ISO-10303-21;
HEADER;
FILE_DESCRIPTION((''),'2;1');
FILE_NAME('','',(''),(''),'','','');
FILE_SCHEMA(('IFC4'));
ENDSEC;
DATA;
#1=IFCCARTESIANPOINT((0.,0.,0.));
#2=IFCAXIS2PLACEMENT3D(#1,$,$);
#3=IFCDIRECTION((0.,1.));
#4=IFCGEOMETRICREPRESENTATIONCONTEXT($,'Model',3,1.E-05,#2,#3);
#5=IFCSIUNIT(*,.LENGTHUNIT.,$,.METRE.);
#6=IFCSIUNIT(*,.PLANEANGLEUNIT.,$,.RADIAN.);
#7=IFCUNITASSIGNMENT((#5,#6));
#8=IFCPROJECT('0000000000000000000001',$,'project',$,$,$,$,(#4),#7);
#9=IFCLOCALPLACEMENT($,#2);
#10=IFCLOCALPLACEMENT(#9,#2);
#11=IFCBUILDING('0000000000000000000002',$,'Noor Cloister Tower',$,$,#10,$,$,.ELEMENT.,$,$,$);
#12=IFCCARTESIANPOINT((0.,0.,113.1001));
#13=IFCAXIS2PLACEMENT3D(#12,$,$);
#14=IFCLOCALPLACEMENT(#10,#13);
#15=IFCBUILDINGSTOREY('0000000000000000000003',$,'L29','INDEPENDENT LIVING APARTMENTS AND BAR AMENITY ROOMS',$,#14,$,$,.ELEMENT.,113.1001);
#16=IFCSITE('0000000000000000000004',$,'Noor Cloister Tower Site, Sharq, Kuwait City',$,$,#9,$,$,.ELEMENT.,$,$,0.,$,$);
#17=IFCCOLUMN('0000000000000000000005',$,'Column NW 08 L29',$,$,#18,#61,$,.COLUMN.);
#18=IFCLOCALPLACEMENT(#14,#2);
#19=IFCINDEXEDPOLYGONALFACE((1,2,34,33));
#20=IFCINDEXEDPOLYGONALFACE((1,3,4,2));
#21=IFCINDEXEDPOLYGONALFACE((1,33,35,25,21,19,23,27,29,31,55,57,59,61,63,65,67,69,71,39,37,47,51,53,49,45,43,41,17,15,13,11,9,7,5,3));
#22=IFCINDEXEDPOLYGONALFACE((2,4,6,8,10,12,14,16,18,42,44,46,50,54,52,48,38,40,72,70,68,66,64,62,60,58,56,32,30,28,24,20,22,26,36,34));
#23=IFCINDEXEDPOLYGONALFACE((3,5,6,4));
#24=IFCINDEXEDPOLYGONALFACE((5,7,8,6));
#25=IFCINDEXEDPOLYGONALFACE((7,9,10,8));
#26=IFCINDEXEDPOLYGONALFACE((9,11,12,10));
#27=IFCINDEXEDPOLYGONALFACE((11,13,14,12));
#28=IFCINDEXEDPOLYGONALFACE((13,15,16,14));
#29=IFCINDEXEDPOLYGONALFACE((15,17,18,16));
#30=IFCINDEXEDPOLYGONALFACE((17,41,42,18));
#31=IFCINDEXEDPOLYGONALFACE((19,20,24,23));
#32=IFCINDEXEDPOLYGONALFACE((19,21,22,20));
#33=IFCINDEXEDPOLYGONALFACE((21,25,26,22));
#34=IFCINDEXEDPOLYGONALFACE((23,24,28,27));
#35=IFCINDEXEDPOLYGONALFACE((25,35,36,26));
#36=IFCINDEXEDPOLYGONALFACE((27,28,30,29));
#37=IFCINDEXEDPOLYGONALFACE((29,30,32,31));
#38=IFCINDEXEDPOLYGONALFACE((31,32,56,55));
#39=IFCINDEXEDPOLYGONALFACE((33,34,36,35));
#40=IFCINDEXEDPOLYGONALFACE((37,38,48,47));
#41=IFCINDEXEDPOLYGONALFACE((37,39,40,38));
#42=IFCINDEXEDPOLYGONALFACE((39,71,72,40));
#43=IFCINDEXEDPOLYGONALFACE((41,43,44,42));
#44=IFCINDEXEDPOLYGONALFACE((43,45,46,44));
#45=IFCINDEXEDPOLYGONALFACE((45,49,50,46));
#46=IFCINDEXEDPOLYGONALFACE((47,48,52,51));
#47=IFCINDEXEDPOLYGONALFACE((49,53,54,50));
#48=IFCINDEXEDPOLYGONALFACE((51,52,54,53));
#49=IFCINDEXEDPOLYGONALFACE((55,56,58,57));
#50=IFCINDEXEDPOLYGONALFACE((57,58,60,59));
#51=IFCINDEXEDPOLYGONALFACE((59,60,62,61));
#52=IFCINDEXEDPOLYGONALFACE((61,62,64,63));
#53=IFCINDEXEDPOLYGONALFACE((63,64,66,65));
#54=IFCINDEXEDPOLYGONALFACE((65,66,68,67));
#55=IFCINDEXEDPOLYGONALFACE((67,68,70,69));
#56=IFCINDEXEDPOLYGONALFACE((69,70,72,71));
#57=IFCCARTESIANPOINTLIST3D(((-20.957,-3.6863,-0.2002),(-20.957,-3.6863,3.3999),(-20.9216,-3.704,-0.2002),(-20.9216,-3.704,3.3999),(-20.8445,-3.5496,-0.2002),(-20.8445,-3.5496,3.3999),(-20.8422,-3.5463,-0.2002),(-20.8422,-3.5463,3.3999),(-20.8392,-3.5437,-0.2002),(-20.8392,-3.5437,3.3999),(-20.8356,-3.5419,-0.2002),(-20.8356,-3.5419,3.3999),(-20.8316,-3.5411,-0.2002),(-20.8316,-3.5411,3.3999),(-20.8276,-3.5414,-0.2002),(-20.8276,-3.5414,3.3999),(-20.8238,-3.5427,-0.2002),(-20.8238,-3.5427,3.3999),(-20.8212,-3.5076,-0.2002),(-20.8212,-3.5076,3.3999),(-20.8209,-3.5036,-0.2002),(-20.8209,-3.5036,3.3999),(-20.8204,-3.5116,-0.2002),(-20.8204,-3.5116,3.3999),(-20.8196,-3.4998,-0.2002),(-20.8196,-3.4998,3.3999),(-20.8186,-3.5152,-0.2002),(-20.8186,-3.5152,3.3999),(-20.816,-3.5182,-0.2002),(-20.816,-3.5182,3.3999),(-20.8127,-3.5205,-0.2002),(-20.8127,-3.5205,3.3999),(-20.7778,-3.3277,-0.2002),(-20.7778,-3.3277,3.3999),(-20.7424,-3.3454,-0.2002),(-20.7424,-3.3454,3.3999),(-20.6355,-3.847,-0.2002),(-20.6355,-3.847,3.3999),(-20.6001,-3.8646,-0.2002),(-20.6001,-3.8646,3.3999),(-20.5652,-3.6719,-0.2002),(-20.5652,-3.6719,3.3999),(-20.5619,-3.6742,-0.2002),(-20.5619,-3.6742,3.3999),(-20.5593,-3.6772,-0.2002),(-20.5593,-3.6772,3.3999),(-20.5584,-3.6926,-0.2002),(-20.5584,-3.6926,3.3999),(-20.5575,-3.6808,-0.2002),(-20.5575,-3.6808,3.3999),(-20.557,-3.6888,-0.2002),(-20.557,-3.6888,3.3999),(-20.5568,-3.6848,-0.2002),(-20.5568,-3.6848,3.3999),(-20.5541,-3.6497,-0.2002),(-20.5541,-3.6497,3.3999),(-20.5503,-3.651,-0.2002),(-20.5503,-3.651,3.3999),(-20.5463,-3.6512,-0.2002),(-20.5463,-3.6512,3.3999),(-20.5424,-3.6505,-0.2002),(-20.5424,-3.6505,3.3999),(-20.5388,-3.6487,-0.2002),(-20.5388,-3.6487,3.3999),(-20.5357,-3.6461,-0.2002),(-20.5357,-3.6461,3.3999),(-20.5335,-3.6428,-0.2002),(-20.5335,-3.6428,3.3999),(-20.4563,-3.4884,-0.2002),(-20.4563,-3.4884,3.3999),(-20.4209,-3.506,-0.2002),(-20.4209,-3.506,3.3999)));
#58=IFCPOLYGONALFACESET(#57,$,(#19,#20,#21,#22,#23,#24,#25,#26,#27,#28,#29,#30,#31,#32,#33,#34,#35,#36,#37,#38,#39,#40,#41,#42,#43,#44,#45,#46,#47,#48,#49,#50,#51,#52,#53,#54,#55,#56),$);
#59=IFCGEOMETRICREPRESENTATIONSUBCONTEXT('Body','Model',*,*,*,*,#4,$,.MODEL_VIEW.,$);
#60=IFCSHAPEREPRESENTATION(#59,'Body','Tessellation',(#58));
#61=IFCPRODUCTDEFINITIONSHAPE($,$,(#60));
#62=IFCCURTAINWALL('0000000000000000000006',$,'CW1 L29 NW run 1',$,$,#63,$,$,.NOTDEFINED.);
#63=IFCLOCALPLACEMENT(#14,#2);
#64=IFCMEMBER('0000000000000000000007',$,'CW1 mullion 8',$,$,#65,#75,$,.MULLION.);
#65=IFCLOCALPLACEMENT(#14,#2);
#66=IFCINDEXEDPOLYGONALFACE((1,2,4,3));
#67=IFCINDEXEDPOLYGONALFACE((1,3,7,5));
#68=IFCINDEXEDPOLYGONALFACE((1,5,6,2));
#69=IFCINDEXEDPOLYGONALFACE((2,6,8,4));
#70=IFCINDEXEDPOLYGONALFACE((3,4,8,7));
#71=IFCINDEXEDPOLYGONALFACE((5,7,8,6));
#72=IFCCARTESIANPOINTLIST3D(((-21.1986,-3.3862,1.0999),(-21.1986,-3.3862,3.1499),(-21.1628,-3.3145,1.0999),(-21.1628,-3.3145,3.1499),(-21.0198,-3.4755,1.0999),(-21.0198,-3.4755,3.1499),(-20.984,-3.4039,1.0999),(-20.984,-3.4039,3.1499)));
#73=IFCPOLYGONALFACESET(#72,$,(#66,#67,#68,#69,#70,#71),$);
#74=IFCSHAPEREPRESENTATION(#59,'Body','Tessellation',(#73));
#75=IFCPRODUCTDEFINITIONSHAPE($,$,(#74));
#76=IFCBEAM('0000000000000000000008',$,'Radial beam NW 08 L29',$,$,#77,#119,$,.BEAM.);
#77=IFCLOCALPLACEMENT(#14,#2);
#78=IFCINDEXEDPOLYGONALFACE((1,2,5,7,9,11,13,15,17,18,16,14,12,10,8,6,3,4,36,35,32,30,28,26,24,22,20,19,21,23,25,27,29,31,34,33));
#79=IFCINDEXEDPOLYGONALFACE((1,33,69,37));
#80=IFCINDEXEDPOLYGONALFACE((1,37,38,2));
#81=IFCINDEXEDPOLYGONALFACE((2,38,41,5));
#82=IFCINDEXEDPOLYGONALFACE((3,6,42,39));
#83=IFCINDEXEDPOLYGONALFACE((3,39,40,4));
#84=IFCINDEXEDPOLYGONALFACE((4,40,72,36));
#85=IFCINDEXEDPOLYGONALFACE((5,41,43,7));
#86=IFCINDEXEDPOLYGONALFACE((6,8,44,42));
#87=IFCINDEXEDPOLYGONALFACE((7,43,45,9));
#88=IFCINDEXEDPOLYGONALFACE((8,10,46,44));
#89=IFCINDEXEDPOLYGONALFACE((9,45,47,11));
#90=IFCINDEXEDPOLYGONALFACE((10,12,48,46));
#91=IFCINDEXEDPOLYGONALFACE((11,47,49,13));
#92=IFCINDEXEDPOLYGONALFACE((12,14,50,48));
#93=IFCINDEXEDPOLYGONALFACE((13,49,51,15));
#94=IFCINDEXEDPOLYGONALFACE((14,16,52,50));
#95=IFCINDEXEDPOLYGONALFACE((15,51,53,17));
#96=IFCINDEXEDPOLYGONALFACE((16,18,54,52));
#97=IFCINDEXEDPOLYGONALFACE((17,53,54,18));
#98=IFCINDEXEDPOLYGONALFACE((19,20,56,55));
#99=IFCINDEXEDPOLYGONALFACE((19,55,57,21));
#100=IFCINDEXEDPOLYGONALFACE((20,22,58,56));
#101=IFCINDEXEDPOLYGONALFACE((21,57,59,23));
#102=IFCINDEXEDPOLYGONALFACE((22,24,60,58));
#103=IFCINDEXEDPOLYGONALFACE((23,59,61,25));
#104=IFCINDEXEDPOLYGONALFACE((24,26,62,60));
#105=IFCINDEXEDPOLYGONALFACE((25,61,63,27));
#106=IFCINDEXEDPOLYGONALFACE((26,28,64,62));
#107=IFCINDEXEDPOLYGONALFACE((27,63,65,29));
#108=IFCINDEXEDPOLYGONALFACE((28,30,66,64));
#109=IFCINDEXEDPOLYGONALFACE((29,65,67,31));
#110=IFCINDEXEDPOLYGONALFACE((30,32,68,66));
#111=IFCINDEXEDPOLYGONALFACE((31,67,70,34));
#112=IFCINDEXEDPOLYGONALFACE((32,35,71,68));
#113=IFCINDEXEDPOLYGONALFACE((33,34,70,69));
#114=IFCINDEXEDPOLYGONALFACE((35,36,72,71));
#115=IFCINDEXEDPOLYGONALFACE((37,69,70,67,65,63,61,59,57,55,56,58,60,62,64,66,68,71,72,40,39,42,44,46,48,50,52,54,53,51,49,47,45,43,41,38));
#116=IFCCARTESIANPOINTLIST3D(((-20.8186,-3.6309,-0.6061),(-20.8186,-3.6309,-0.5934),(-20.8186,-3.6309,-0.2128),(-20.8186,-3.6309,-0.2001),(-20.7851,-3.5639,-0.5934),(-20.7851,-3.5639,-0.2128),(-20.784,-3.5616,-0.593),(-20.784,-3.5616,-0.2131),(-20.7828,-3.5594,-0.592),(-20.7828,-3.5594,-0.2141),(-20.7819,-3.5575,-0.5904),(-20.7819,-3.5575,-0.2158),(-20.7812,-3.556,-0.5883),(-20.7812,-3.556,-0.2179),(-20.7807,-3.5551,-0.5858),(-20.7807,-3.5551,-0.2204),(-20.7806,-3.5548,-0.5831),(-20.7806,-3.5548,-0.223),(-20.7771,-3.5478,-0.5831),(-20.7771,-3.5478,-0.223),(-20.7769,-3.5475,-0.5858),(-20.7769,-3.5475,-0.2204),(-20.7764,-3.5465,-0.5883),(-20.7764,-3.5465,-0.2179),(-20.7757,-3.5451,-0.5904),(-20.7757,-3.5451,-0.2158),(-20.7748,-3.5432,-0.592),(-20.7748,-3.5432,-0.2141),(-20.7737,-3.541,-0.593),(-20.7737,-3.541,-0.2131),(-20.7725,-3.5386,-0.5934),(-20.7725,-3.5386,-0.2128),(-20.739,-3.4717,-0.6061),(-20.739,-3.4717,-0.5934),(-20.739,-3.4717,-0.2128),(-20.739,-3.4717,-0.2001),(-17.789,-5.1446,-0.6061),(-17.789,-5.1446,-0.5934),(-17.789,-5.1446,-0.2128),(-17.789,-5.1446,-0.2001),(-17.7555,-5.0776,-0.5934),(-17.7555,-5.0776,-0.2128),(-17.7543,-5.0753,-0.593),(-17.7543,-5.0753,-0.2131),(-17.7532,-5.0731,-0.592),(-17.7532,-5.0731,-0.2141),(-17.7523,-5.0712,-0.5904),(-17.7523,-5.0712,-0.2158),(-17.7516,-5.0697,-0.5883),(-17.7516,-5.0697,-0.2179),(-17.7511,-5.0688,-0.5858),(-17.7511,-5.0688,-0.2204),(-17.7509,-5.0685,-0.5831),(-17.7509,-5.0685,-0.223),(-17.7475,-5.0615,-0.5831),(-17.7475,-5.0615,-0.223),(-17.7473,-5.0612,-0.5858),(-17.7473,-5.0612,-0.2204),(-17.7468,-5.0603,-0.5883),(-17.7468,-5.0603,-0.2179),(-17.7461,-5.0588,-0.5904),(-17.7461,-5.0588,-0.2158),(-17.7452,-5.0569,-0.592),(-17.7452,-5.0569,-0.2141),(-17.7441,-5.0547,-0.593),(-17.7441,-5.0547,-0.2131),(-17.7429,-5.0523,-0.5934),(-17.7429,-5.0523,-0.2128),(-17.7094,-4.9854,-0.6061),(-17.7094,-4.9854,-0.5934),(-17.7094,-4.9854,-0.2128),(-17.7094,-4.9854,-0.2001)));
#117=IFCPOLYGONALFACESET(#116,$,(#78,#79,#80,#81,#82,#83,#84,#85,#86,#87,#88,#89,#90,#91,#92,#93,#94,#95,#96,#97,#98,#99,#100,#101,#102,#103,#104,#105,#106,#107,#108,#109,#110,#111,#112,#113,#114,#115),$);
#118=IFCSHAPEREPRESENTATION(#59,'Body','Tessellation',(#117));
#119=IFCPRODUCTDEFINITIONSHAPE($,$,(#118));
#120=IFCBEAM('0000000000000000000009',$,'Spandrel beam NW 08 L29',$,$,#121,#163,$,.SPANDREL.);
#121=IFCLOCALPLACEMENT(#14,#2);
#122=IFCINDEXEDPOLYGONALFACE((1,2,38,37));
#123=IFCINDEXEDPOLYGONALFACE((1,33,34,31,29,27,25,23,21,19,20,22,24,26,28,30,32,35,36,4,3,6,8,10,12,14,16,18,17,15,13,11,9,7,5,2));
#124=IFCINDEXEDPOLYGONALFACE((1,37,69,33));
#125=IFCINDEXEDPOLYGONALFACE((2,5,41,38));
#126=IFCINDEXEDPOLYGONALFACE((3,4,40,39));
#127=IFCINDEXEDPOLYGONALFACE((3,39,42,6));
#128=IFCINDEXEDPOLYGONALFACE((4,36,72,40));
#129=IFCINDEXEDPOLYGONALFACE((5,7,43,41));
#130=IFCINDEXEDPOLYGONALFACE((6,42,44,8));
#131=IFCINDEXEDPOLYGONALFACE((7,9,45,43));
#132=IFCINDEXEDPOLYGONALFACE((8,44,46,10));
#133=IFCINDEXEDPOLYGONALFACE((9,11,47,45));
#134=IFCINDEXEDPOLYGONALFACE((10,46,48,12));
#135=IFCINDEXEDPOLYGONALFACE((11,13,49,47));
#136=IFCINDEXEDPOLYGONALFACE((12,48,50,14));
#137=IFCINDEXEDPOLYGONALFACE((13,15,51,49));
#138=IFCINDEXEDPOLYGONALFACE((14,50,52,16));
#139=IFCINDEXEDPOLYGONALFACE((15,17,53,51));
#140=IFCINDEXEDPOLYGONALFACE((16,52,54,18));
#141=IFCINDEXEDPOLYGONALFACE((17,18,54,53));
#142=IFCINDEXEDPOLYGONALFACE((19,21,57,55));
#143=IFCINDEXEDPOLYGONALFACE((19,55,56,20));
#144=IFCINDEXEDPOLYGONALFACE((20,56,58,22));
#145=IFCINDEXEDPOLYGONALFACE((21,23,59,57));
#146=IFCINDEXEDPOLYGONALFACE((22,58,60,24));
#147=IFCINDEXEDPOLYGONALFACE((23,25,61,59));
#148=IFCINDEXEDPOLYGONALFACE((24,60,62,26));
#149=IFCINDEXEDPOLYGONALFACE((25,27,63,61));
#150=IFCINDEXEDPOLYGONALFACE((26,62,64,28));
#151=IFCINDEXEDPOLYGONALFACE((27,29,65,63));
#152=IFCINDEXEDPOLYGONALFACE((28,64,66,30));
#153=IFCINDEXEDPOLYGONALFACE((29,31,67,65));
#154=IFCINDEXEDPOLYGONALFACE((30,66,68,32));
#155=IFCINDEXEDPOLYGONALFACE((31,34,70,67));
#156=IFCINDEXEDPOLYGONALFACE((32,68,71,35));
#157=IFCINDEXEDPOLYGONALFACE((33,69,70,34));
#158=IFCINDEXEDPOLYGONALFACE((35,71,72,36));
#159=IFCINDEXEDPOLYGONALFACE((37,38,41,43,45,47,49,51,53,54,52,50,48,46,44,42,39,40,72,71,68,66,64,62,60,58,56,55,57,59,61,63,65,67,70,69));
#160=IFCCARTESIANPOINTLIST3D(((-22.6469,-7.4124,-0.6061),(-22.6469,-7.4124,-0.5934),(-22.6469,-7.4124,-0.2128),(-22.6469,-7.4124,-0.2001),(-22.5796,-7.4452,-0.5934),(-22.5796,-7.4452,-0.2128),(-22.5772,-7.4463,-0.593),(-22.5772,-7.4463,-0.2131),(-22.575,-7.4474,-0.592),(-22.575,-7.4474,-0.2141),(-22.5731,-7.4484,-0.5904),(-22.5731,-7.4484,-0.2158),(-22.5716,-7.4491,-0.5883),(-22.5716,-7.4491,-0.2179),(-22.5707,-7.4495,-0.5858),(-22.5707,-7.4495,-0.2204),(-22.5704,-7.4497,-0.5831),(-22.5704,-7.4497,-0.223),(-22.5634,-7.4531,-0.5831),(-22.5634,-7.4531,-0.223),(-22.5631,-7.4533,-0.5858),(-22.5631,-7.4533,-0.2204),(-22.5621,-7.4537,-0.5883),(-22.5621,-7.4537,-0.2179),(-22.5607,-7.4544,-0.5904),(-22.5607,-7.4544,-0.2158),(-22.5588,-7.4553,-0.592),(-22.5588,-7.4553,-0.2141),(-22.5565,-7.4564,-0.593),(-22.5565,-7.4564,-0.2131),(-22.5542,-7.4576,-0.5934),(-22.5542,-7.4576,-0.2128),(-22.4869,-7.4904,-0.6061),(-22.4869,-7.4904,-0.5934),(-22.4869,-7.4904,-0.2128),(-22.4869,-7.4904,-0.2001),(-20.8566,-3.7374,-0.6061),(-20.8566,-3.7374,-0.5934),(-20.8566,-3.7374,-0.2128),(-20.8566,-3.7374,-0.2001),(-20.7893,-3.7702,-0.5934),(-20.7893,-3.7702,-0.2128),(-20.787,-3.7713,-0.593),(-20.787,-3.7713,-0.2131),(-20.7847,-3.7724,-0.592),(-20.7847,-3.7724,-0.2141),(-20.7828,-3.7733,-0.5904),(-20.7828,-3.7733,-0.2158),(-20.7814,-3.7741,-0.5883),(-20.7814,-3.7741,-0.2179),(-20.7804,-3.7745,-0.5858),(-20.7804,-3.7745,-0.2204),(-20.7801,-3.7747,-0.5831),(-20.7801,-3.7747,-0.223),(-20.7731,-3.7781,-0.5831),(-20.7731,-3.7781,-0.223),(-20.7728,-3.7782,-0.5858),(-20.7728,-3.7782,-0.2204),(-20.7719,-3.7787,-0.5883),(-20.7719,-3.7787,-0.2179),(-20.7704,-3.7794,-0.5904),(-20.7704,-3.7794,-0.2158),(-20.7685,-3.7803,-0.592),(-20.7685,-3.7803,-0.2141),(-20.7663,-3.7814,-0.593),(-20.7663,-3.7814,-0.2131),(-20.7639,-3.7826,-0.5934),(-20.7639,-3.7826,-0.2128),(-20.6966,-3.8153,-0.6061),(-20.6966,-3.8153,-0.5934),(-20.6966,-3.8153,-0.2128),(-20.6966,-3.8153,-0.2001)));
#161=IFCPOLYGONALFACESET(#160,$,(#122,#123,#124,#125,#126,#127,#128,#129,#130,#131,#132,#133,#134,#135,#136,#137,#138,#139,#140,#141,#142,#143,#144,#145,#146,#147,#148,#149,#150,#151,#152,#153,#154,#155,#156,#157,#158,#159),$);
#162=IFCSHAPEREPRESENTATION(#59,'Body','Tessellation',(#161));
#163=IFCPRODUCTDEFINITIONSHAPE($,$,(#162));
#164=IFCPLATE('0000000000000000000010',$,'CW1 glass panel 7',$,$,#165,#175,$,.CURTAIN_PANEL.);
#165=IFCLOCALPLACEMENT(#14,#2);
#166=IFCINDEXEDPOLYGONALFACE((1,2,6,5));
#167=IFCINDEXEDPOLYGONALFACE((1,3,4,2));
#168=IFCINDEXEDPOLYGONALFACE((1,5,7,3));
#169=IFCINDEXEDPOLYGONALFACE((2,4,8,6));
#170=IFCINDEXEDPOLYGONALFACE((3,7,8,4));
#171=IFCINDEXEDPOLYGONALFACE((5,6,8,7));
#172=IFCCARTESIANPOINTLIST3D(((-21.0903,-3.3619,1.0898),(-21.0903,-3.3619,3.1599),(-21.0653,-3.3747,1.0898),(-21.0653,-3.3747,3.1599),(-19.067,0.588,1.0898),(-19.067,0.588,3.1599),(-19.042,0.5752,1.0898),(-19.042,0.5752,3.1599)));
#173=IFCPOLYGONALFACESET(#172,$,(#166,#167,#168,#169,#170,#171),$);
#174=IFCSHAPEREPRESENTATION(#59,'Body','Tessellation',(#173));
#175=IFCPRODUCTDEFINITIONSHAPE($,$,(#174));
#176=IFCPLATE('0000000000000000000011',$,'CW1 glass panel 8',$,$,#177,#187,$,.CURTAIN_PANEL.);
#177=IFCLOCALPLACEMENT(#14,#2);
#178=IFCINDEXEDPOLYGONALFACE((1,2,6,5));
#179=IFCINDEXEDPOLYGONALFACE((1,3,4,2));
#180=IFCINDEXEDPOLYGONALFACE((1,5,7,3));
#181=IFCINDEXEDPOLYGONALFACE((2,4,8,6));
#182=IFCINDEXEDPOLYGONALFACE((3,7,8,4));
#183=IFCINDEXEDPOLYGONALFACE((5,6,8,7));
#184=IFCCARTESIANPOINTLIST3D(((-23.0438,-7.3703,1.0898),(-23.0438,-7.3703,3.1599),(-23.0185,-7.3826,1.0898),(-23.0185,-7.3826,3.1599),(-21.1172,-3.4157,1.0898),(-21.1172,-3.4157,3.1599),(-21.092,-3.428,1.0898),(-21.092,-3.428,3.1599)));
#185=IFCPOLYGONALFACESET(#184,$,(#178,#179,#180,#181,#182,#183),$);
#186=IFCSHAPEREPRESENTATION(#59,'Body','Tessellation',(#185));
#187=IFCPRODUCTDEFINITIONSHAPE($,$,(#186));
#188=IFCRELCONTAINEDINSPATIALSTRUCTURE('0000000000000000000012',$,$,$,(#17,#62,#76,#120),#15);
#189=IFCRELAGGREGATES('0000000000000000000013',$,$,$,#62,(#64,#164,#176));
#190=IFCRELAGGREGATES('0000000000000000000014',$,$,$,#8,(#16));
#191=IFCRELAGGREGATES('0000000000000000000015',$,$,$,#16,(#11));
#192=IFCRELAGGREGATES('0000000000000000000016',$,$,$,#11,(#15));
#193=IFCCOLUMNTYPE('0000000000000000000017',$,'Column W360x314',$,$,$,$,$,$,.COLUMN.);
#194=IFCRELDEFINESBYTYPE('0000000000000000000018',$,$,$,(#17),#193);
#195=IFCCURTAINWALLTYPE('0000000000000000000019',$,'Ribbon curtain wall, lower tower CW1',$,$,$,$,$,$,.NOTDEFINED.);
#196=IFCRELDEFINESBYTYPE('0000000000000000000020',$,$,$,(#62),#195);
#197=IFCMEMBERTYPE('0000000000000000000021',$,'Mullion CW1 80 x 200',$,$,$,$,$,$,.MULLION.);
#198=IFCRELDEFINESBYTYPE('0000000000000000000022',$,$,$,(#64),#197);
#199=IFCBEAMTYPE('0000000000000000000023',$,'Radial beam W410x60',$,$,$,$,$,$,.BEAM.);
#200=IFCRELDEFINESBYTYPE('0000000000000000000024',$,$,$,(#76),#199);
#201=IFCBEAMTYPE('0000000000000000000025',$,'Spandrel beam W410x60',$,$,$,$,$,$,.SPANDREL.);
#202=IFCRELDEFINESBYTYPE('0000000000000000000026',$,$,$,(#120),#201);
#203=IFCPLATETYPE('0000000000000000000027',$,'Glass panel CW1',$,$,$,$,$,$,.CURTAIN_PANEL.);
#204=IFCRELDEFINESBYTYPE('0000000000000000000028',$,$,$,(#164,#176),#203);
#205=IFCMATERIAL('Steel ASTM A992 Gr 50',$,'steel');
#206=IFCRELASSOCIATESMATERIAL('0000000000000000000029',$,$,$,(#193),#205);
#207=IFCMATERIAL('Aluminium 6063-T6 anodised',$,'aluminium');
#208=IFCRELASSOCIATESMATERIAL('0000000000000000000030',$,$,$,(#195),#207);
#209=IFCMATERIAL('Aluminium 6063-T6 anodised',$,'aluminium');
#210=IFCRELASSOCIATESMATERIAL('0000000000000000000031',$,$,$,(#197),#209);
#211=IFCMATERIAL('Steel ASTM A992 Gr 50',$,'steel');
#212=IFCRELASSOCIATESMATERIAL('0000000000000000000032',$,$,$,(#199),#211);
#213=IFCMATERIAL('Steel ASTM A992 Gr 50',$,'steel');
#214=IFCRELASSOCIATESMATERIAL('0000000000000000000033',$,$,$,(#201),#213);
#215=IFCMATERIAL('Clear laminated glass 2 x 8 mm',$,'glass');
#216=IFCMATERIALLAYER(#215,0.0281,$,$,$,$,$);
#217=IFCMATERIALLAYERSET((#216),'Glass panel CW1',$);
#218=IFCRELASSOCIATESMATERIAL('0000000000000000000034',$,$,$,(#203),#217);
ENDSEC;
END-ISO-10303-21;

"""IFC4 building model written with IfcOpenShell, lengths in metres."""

from ifc_helpers import new_model, si_unit, direction, frame, origin, origin_2d, place, context, subcontext, project, spatial, rectangle, i_section, extrude, material, layer, layer_set, material_profile, profile_set, type_object, element, aggregate, save


model = new_model("IFC4")

# Units and contexts
model_context = context("Model", 3, precision=1e-05, world=origin(), true_north=direction((0.0, 1.0)))
body_context = subcontext(model_context, "Body", "Model", "MODEL_VIEW")
ifc_project = project(units=[si_unit("LENGTHUNIT", "METRE"), si_unit("PLANEANGLEUNIT", "RADIAN")], contexts=[model_context])

# Site, building, storey
site_placement = place(None, origin())
site = spatial("IfcSite", under=ifc_project, at=site_placement, Name="Noor Cloister Tower Site, Sharq, Kuwait City", CompositionType="ELEMENT", RefElevation=0.0)
building_placement = place(site_placement, origin())
building = spatial("IfcBuilding", under=site, at=building_placement, Name="Noor Cloister Tower", CompositionType="ELEMENT")
storey_placement = place(building_placement, frame((0.0, 0.0, 113.1001)))
storey = spatial("IfcBuildingStorey", under=building, at=storey_placement, Name="L29", Description="INDEPENDENT LIVING APARTMENTS AND BAR AMENITY ROOMS", CompositionType="ELEMENT", Elevation=113.1001)

# Column
ifc_material_1 = material(Name="Steel ASTM A992 Gr 50", Category="steel")
ifc_material_profile_1 = material_profile(ifc_material_1, i_section(OverallWidth=0.4009, OverallDepth=0.3989, WebThickness=0.0249, FlangeThickness=0.0396, FilletRadius=0.0154, at=origin_2d()), Name="W360x314")
ifc_profile_set_1 = profile_set([ifc_material_profile_1], Name="Steel ASTM A992 Gr 50")
column_type = type_object("IfcColumnType", Name="Column W360x314", PredefinedType="COLUMN", material=ifc_profile_set_1)
column_placement = place(storey_placement, frame((-20.689, -3.5962, -0.2002), z_axis=(0.0, 0.0, 1.0), x_axis=(-0.446959, -0.894555, 0.0)))
element("IfcColumn", 1, at=column_placement, inside=storey, type_object=column_type, Name="Column NW 08 L29", PredefinedType="COLUMN", context=body_context, shape_type="SweptSolid", body=[
    extrude(i_section(OverallWidth=0.4009, OverallDepth=0.3989, WebThickness=0.0249, FlangeThickness=0.0396, FilletRadius=0.0154, at=origin_2d()), origin(), (0.0, 0.0, 1.0), 3.6001),
])

# Curtain wall, member
ifc_material_2 = material(Name="Aluminium 6063-T6 anodised", Category="aluminium")
curtain_wall_type = type_object("IfcCurtainWallType", Name="Ribbon curtain wall, lower tower CW1", PredefinedType="NOTDEFINED", material=ifc_material_2)
curtain_wall_placement = place(storey_placement, origin())
curtain_wall = element("IfcCurtainWall", 2, at=curtain_wall_placement, inside=storey, type_object=curtain_wall_type, Name="CW1 L29 NW run 1", PredefinedType="NOTDEFINED")
ifc_material_3 = material(Name="Aluminium 6063-T6 anodised", Category="aluminium")
ifc_material_profile_2 = material_profile(ifc_material_3, rectangle(XDim=0.2, YDim=0.0801, at=origin_2d()), Name="200 x 80 mullion")
ifc_profile_set_2 = profile_set([ifc_material_profile_2], Name="Aluminium 6063-T6 anodised")
member_type = type_object("IfcMemberType", Name="Mullion CW1 80 x 200", PredefinedType="MULLION", material=ifc_profile_set_2)
member_placement = place(storey_placement, frame((-21.0913, -3.395, 1.0999), z_axis=(0.0, 0.0, 1.0), x_axis=(0.894555, -0.446959, 0.0)))
member = element("IfcMember", 3, at=member_placement, type_object=member_type, Name="CW1 mullion 8", PredefinedType="MULLION", context=body_context, shape_type="SweptSolid", body=[
    extrude(rectangle(XDim=0.2, YDim=0.0801, at=origin_2d()), origin(), (0.0, 0.0, 1.0), 2.05),
])

# Beams
ifc_material_4 = material(Name="Steel ASTM A992 Gr 50", Category="steel")
ifc_material_profile_3 = material_profile(ifc_material_4, i_section(OverallWidth=0.178, OverallDepth=0.406, WebThickness=0.0078, FlangeThickness=0.0127, FilletRadius=0.0103, at=origin_2d()), Name="W410x60")
ifc_profile_set_3 = profile_set([ifc_material_profile_3], Name="Steel ASTM A992 Gr 50")
beam_type_1 = type_object("IfcBeamType", Name="Radial beam W410x60", PredefinedType="BEAM", material=ifc_profile_set_3)
beam_1_placement = place(storey_placement, frame((-20.7788, -3.5513, -0.4031), z_axis=(0.894557, -0.446954, 0.0), x_axis=(0.446954, 0.894557, 0.0)))
element("IfcBeam", 4, at=beam_1_placement, inside=storey, type_object=beam_type_1, Name="Radial beam NW 08 L29", PredefinedType="BEAM", context=body_context, shape_type="SweptSolid", body=[
    extrude(i_section(OverallWidth=0.178, OverallDepth=0.406, WebThickness=0.0078, FlangeThickness=0.0127, FilletRadius=0.0103, at=origin_2d()), origin(), (0.0, 0.0, 1.0), 3.3867),
])
ifc_material_5 = material(Name="Steel ASTM A992 Gr 50", Category="steel")
ifc_material_profile_4 = material_profile(ifc_material_5, i_section(OverallWidth=0.178, OverallDepth=0.406, WebThickness=0.0078, FlangeThickness=0.0127, FilletRadius=0.0103, at=origin_2d()), Name="W410x60")
ifc_profile_set_4 = profile_set([ifc_material_profile_4], Name="Steel ASTM A992 Gr 50")
beam_type_2 = type_object("IfcBeamType", Name="Spandrel beam W410x60", PredefinedType="SPANDREL", material=ifc_profile_set_4)
beam_2_placement = place(storey_placement, frame((-20.7766, -3.7764, -0.4031), z_axis=(-0.437945, -0.899002, 0.0), x_axis=(0.899002, -0.437945, 0.0)))
element("IfcBeam", 5, at=beam_2_placement, inside=storey, type_object=beam_type_2, Name="Spandrel beam NW 08 L29", PredefinedType="SPANDREL", context=body_context, shape_type="SweptSolid", body=[
    extrude(i_section(OverallWidth=0.178, OverallDepth=0.406, WebThickness=0.0078, FlangeThickness=0.0127, FilletRadius=0.0103, at=origin_2d()), origin(), (0.0, 0.0, 1.0), 4.0879),
])

# Plates
ifc_material_6 = material(Name="Clear laminated glass 2 x 8 mm", Category="glass")
ifc_layer_1 = layer(ifc_material_6, 0.0281)
ifc_layer_set_1 = layer_set([ifc_layer_1], Name="Glass panel CW1")
plate_type = type_object("IfcPlateType", Name="Glass panel CW1", PredefinedType="CURTAIN_PANEL", material=ifc_layer_set_1)
plate_1_placement = place(storey_placement, frame((-20.0662, -1.3933, 1.0898), z_axis=(0.0, 0.0, 1.0), x_axis=(-0.455917, -0.890022, 0.0)))
plate_1 = element("IfcPlate", 6, at=plate_1_placement, type_object=plate_type, Name="CW1 glass panel 7", PredefinedType="CURTAIN_PANEL", context=body_context, shape_type="SweptSolid", body=[
    extrude(rectangle(XDim=4.438, YDim=0.0281, at=origin_2d()), origin(), (0.0, 0.0, 1.0), 2.0701),
])
plate_2_placement = place(storey_placement, frame((-22.0679, -5.3992, 1.0898), z_axis=(0.0, 0.0, 1.0), x_axis=(-0.437955, -0.898997, 0.0)))
plate_2 = element("IfcPlate", 7, at=plate_2_placement, type_object=plate_type, Name="CW1 glass panel 8", PredefinedType="CURTAIN_PANEL", context=body_context, shape_type="SweptSolid", body=[
    extrude(rectangle(XDim=4.3989, YDim=0.0281, at=origin_2d()), origin(), (0.0, 0.0, 1.0), 2.0701),
])
aggregate(curtain_wall, [member, plate_1, plate_2])

save(model, "model.ifc")
